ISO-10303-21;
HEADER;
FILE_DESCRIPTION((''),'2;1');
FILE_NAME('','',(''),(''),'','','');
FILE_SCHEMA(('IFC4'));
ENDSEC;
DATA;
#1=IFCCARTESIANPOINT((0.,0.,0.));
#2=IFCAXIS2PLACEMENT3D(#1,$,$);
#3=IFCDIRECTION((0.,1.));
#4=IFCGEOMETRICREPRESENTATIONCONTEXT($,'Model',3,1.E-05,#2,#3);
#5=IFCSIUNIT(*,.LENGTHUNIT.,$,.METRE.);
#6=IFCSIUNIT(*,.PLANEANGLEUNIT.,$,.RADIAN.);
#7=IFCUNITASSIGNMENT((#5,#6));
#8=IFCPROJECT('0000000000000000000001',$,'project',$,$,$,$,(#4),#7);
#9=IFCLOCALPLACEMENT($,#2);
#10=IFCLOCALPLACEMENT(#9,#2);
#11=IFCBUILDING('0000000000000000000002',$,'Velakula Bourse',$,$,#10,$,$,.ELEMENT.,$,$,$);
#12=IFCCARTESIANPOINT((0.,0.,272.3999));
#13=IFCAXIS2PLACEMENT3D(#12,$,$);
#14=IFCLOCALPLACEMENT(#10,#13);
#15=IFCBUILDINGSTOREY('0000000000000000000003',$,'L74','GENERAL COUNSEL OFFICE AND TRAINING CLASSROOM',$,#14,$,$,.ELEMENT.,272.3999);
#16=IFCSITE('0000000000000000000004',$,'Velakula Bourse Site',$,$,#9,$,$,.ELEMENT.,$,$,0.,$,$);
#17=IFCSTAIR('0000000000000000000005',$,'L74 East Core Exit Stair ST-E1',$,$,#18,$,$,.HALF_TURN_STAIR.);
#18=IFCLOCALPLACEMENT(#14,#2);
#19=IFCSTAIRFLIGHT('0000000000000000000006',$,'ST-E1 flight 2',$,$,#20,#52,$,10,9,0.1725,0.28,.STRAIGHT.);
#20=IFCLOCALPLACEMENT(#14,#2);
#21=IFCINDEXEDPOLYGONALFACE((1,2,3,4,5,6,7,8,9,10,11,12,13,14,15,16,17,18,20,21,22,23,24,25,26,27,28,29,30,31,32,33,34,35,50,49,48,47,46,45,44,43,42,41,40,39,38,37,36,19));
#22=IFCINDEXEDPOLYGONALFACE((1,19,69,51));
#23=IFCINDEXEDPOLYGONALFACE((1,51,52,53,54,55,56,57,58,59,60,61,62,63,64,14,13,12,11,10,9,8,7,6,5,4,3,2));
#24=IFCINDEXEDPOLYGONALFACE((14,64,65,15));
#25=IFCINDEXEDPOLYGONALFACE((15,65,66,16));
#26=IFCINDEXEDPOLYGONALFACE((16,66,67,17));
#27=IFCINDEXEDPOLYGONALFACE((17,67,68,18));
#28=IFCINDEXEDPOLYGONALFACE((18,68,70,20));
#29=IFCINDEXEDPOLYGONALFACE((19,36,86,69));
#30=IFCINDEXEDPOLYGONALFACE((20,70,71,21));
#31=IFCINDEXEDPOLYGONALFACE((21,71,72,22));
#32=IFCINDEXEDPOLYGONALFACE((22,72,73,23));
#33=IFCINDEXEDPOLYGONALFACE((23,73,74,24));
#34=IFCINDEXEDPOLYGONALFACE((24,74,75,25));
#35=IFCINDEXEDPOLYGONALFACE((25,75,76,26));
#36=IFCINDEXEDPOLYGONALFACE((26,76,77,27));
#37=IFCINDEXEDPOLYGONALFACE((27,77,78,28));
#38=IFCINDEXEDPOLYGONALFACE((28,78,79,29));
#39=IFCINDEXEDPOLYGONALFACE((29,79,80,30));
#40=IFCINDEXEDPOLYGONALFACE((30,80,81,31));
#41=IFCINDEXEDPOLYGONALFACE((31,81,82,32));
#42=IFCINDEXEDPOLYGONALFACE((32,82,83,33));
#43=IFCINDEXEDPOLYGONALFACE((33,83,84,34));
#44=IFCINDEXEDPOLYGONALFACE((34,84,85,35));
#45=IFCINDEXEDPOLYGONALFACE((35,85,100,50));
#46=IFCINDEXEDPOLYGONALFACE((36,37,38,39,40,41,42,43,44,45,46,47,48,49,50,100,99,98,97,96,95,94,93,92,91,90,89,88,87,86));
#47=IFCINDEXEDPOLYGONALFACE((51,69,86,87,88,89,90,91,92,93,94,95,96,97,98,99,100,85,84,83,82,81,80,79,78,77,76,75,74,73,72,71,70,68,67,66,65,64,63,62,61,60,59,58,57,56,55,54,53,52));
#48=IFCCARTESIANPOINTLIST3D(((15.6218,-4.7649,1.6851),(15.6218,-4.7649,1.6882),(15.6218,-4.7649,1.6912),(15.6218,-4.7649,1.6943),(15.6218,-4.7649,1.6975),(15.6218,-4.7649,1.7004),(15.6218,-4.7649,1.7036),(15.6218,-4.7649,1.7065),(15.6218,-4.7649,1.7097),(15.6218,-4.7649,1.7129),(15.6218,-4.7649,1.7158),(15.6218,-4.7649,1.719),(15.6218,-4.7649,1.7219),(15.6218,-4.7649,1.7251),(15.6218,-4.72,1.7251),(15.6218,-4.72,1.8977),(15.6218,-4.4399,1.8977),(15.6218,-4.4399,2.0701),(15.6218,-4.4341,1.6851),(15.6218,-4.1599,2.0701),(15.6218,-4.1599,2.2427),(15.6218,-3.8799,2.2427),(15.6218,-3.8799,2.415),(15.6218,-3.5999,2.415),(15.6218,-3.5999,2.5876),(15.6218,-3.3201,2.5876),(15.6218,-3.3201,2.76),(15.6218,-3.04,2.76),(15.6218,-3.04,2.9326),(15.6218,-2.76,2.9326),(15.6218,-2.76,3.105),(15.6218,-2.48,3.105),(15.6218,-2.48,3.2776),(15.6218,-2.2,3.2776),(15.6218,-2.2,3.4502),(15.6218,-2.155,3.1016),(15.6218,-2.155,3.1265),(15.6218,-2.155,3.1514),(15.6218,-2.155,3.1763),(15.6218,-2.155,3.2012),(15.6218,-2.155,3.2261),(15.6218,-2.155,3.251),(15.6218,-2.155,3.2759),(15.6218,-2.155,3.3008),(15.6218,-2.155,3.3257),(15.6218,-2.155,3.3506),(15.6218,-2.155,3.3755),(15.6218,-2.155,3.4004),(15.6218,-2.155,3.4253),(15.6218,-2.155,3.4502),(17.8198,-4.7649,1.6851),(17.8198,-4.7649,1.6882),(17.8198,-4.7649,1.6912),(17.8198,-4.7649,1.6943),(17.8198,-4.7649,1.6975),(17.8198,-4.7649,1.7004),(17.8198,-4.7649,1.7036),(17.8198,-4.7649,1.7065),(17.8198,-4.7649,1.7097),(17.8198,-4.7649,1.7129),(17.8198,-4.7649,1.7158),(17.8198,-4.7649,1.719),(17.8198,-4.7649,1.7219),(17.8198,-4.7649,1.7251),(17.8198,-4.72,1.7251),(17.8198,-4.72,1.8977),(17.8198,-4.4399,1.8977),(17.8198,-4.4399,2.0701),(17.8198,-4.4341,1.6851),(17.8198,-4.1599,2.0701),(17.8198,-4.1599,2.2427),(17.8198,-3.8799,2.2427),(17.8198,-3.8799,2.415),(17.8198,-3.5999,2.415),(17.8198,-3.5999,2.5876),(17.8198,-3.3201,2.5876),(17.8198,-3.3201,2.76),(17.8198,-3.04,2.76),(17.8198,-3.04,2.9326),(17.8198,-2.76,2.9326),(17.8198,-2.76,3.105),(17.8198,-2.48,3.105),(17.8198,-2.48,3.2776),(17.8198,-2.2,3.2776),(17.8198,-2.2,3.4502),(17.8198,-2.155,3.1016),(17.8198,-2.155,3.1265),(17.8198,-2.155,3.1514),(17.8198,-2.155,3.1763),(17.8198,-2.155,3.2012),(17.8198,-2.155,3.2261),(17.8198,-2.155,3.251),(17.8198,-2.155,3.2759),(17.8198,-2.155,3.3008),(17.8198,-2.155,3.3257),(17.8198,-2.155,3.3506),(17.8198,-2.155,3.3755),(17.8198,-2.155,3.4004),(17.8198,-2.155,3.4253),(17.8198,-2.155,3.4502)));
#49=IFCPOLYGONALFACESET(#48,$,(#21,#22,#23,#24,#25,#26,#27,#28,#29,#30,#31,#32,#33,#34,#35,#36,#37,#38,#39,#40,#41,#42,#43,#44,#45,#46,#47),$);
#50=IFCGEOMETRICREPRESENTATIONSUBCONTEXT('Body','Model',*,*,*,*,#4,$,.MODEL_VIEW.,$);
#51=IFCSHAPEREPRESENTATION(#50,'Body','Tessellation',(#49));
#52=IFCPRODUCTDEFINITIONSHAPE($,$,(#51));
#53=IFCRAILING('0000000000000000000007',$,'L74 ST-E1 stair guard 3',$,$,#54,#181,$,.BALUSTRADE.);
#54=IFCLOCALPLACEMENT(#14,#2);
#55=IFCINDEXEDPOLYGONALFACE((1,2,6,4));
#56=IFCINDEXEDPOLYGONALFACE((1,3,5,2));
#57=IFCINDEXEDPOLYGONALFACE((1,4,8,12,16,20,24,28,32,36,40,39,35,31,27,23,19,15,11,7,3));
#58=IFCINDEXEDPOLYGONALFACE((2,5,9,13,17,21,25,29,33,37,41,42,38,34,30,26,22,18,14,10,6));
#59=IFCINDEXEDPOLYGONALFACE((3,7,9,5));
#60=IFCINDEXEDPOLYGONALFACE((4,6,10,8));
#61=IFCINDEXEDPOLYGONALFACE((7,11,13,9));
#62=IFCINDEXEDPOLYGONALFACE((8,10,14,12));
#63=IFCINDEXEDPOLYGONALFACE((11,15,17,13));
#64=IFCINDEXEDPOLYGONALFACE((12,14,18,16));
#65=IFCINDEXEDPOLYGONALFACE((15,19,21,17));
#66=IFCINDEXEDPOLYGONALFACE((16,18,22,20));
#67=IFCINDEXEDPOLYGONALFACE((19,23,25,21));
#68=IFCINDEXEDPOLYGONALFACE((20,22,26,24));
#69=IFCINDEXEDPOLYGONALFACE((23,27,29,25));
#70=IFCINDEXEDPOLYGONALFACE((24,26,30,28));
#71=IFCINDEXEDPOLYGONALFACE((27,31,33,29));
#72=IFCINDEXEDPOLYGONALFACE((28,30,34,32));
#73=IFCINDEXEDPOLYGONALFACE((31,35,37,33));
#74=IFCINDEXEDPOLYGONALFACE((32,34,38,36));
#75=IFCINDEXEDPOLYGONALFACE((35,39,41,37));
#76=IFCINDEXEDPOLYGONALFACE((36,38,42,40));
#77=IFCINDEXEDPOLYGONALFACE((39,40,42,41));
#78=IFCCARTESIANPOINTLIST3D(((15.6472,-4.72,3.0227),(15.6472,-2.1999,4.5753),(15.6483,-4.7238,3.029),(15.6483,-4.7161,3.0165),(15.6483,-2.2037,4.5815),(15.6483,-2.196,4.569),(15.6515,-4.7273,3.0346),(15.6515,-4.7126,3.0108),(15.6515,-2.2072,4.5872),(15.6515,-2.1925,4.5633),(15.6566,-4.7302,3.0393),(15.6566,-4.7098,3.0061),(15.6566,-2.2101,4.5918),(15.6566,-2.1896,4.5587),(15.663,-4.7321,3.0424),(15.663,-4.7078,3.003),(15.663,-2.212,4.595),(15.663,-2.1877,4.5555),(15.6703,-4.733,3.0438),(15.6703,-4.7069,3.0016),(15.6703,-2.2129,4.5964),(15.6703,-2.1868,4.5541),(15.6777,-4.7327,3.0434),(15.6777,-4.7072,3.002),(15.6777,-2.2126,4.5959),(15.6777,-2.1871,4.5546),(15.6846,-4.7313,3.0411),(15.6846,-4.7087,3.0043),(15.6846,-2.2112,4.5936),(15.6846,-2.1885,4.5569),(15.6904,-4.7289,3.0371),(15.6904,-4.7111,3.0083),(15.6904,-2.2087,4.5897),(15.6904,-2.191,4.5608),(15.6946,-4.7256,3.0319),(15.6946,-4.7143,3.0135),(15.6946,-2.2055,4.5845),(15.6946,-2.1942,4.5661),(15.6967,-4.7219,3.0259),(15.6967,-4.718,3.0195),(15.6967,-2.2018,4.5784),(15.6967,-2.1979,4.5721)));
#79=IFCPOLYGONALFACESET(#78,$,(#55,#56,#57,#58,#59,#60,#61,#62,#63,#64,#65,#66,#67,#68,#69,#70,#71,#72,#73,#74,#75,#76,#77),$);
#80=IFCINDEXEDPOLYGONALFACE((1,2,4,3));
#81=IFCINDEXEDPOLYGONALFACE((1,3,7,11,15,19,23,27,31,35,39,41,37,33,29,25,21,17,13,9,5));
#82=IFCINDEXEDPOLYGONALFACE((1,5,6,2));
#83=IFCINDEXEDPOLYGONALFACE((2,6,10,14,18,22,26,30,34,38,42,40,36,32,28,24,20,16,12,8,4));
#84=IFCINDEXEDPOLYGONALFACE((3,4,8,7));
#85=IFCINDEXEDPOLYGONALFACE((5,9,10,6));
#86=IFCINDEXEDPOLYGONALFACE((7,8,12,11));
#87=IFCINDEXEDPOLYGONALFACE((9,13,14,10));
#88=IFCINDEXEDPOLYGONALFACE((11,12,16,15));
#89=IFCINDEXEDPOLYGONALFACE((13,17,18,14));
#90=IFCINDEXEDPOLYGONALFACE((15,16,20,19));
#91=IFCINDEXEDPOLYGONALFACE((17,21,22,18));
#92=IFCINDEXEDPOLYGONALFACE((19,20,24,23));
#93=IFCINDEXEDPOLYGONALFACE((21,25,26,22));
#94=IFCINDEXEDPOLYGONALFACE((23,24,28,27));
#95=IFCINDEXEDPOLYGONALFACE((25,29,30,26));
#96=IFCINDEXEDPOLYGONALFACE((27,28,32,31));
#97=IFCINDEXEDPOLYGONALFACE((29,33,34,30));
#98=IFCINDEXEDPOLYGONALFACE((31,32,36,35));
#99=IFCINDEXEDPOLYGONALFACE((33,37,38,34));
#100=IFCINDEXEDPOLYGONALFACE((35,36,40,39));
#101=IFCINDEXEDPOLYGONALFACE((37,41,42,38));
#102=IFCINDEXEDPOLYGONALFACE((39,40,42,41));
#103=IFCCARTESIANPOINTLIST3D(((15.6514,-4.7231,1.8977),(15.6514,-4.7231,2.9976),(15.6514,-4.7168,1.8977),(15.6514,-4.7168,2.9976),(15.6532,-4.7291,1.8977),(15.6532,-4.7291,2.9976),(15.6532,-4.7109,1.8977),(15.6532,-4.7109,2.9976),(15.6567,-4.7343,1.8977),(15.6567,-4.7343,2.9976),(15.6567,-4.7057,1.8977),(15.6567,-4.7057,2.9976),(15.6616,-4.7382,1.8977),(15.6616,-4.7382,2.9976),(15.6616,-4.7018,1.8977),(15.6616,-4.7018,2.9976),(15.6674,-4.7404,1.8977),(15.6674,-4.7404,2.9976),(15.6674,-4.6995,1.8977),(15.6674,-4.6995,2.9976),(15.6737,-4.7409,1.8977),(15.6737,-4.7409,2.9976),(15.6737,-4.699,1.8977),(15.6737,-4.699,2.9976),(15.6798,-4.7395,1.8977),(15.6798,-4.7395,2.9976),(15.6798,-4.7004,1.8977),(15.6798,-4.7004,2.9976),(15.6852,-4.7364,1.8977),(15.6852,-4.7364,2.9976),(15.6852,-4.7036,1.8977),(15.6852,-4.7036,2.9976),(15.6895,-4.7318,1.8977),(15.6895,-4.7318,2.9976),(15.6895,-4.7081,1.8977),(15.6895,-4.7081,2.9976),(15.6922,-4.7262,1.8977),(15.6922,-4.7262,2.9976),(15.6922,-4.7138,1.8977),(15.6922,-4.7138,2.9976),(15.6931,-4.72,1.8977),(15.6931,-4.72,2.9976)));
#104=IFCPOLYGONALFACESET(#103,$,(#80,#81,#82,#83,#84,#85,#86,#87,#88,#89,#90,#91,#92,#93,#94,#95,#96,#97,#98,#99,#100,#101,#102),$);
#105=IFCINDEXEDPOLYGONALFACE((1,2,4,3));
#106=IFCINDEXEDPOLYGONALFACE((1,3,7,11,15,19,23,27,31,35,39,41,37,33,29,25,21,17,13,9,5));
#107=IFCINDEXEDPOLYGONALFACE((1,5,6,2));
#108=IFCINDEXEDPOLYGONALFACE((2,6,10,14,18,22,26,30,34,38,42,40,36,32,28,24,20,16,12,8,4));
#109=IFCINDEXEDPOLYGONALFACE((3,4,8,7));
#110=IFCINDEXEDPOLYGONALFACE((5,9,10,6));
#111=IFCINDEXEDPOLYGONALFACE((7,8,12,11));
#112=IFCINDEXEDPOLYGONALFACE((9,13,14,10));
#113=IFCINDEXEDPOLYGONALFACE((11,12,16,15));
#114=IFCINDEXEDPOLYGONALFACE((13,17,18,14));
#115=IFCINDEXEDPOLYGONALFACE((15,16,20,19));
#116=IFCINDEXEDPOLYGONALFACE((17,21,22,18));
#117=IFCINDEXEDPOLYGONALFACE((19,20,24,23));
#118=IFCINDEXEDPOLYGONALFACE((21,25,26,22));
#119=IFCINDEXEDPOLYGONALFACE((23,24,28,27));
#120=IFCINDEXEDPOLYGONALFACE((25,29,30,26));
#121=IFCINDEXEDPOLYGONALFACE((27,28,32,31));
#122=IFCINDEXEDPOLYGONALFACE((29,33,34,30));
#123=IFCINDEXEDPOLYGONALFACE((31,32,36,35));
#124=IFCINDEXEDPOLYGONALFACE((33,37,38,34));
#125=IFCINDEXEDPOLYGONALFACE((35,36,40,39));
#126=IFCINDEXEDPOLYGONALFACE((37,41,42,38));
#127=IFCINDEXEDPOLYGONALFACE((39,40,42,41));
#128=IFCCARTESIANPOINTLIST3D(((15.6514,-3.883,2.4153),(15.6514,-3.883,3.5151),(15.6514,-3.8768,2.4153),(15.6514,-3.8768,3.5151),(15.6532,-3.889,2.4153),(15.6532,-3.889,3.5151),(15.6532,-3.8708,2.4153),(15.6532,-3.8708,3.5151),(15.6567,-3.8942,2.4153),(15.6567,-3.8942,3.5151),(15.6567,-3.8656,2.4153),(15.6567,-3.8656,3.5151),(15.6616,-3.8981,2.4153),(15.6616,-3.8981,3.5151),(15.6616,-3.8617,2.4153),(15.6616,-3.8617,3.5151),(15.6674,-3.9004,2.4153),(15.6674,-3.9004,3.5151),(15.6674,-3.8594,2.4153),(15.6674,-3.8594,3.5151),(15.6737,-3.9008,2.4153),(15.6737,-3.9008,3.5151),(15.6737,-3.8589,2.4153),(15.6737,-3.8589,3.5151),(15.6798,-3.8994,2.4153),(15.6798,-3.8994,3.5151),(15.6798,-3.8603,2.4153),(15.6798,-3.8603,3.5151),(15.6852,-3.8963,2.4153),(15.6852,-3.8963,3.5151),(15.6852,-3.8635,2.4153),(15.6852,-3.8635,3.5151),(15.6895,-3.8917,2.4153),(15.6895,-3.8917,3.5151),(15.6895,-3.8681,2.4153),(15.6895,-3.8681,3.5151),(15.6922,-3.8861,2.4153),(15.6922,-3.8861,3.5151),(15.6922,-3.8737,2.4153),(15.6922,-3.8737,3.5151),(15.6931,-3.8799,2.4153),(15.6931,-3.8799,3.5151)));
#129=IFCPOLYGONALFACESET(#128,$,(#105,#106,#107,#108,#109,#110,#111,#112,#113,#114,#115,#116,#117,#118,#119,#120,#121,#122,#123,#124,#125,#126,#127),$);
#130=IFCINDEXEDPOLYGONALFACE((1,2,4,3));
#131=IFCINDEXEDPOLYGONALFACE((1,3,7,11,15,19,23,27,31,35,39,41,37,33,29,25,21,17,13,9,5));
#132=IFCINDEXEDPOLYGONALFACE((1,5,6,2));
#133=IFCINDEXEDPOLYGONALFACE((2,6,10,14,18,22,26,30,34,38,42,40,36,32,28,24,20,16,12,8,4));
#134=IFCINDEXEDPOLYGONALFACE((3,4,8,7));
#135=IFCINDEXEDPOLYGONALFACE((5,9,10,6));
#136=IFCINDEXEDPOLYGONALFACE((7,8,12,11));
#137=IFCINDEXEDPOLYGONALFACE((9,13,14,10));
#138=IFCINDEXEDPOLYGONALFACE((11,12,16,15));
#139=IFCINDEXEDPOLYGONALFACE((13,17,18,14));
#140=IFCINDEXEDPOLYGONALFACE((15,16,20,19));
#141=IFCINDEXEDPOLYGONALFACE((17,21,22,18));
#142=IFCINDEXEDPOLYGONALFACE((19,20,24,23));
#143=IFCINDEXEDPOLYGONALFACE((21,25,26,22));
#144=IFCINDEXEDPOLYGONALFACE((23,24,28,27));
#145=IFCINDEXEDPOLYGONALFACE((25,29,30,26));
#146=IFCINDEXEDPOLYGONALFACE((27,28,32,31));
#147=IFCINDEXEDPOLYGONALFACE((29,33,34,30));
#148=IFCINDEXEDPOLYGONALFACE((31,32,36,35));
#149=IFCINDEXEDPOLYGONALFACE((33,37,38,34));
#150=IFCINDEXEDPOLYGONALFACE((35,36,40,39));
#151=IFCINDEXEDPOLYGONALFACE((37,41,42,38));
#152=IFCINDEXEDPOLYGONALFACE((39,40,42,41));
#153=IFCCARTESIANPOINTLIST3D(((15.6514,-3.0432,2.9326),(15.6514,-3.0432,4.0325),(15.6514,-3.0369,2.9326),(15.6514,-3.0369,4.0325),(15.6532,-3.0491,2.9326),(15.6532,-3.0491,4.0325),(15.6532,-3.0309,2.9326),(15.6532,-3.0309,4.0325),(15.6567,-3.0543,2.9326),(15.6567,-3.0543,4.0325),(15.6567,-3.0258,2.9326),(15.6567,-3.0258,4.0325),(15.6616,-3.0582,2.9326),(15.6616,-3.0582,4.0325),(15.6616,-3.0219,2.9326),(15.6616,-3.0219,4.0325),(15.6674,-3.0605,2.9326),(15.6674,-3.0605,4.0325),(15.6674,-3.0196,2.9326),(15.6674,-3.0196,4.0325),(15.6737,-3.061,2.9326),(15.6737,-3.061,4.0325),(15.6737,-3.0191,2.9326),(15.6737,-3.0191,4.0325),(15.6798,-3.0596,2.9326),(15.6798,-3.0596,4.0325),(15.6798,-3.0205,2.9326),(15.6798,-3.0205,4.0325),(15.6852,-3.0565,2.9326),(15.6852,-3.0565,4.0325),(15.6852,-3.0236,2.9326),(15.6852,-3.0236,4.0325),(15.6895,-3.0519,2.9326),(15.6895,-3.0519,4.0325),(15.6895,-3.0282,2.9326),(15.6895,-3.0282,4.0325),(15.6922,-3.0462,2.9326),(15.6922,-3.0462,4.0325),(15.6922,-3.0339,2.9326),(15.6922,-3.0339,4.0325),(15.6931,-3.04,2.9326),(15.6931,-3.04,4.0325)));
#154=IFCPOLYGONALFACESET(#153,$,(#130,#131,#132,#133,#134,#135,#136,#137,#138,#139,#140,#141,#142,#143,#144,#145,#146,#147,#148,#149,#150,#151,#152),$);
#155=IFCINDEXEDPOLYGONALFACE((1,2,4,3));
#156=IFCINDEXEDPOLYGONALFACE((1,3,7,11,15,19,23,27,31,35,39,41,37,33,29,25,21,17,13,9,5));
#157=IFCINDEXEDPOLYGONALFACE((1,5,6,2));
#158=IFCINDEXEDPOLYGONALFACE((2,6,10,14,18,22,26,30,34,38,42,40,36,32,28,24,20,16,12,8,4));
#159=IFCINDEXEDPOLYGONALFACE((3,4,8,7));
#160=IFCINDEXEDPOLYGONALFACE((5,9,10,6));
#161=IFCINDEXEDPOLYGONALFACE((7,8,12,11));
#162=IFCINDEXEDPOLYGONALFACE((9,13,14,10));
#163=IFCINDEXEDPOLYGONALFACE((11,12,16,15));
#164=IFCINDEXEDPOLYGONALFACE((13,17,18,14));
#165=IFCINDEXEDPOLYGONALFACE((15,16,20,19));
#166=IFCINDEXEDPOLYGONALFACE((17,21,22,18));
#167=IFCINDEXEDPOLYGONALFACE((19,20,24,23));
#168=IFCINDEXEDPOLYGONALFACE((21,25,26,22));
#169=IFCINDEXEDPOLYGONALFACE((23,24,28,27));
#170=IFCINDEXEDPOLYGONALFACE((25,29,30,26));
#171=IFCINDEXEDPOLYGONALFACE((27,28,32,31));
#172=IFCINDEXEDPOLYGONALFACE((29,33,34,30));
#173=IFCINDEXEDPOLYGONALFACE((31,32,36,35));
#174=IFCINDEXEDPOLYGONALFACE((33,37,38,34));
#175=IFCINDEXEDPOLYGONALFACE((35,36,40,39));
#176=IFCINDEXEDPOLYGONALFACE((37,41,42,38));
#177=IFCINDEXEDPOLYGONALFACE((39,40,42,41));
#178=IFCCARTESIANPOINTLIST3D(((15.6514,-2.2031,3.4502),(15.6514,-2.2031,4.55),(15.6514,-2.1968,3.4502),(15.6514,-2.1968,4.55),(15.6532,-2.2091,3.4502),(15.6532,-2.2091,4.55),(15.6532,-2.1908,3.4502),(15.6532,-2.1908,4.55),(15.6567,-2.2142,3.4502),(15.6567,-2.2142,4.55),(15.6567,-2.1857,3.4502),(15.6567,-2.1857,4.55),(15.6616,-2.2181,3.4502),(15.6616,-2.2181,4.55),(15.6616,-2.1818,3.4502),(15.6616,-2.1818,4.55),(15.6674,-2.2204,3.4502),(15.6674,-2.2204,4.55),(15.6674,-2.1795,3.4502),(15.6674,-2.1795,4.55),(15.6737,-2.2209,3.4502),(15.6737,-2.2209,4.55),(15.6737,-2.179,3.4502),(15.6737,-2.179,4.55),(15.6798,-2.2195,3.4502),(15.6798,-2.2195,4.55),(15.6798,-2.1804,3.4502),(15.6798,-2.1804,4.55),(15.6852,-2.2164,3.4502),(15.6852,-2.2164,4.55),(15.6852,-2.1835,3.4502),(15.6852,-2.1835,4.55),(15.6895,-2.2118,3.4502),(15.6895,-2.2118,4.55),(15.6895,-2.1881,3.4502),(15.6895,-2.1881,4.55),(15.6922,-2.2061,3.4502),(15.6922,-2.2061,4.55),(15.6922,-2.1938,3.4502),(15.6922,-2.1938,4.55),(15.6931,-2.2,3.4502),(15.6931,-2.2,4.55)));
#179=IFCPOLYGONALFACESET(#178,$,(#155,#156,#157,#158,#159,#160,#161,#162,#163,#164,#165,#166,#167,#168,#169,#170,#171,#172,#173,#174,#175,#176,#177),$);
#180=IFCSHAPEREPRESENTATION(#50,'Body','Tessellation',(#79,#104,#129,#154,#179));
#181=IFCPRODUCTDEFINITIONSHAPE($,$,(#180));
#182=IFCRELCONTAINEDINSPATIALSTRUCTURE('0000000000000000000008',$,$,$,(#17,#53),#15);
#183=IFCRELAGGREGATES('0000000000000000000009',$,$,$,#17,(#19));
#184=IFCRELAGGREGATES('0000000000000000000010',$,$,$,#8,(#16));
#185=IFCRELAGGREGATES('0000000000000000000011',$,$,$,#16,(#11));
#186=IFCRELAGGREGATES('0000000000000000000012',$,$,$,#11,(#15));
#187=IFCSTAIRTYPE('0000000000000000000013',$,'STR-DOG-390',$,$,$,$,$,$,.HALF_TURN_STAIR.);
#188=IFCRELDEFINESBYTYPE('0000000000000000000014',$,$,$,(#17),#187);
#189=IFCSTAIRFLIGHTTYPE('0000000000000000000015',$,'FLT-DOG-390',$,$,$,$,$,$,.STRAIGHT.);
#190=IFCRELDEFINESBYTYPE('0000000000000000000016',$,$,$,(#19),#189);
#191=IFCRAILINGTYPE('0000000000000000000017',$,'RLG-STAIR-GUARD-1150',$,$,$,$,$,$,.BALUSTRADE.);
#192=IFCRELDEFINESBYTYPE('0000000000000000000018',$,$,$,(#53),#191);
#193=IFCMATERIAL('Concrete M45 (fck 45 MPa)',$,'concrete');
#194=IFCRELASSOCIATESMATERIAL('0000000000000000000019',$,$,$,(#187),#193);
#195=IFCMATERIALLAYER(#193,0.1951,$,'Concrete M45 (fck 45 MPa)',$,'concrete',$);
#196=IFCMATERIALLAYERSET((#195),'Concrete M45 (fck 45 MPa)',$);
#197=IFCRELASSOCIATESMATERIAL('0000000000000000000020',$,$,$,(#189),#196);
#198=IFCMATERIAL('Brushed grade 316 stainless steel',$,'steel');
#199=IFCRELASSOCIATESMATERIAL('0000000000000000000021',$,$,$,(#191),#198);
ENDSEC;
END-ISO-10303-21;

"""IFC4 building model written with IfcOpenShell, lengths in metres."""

from ifc_helpers import new_model, si_unit, direction, frame, origin, origin_2d, place, context, subcontext, project, spatial, polyline, circle, outline, extrude, material, layer, layer_set, type_object, element, aggregate, save


model = new_model("IFC4")

# Units and contexts
model_context = context("Model", 3, precision=1e-05, world=origin(), true_north=direction((0.0, 1.0)))
body_context = subcontext(model_context, "Body", "Model", "MODEL_VIEW")
ifc_project = project(units=[si_unit("LENGTHUNIT", "METRE"), si_unit("PLANEANGLEUNIT", "RADIAN")], contexts=[model_context])

# Site, building, storey
site_placement = place(None, origin())
site = spatial("IfcSite", under=ifc_project, at=site_placement, Name="Velakula Bourse Site", CompositionType="ELEMENT", RefElevation=0.0)
building_placement = place(site_placement, origin())
building = spatial("IfcBuilding", under=site, at=building_placement, Name="Velakula Bourse", CompositionType="ELEMENT")
storey_placement = place(building_placement, frame((0.0, 0.0, 272.3999)))
storey = spatial("IfcBuildingStorey", under=building, at=storey_placement, Name="L74", Description="GENERAL COUNSEL OFFICE AND TRAINING CLASSROOM", CompositionType="ELEMENT", Elevation=272.3999)

# Stair, stair flight
ifc_material_1 = material(Name="Concrete M45 (fck 45 MPa)", Category="concrete")
stair_type = type_object("IfcStairType", Name="STR-DOG-390", PredefinedType="HALF_TURN_STAIR", material=ifc_material_1)
stair_placement = place(storey_placement, origin())
stair = element("IfcStair", 1, at=stair_placement, inside=storey, type_object=stair_type, Name="L74 East Core Exit Stair ST-E1", PredefinedType="HALF_TURN_STAIR")
ifc_layer_1 = layer(ifc_material_1, 0.1951, Name="Concrete M45 (fck 45 MPa)", Category="concrete")
ifc_layer_set_1 = layer_set([ifc_layer_1], Name="Concrete M45 (fck 45 MPa)")
stair_flight_type = type_object("IfcStairFlightType", Name="FLT-DOG-390", PredefinedType="STRAIGHT", material=ifc_layer_set_1)
stair_flight_placement = place(storey_placement, frame((16.7209, -4.72, 1.7251), z_axis=(0.0, 0.0, 1.0), x_axis=(0.0, 1.0, 0.0)))
stair_flight = element("IfcStairFlight", 2, at=stair_flight_placement, type_object=stair_flight_type, Name="ST-E1 flight 2", NumberOfRisers=10, NumberOfTreads=9, PredefinedType="STRAIGHT", RiserHeight=0.1725, TreadLength=0.28, context=body_context, shape_type="SweptSolid", body=[
    extrude(outline(polyline([(-0.0449, -0.04), (-0.0449, -0.0369), (-0.0449, -0.0339), (-0.0449, -0.0308), (-0.0449, -0.0276), (-0.0449, -0.0247), (-0.0449, -0.0215), (-0.0449, -0.0186), (-0.0449, -0.0154), (-0.0449, -0.0122), (-0.0449, -0.0093), (-0.0449, -0.0061), (-0.0449, -0.0032), (-0.0449, 0.0), (0.0, 0.0), (0.0, 0.1726), (0.28, 0.1726), (0.28, 0.345), (0.5601, 0.345), (0.5601, 0.5176), (0.8401, 0.5176), (0.8401, 0.6899), (1.1201, 0.6899), (1.1201, 0.8625), (1.3999, 0.8625), (1.3999, 1.0349), (1.6799, 1.0349), (1.6799, 1.2075), (1.96, 1.2075), (1.96, 1.3799), (2.24, 1.3799), (2.24, 1.5525), (2.52, 1.5525), (2.52, 1.7251), (2.5649, 1.7251), (2.5649, 1.7002), (2.5649, 1.6753), (2.5649, 1.6504), (2.5649, 1.6255), (2.5649, 1.6006), (2.5649, 1.5757), (2.5649, 1.5508), (2.5649, 1.5259), (2.5649, 1.501), (2.5649, 1.4761), (2.5649, 1.4512), (2.5649, 1.4263), (2.5649, 1.4014), (2.5649, 1.3765), (0.2859, -0.04), (-0.0449, -0.04)])), frame((0.0, 1.0991, 0.0), z_axis=(0.0, -1.0, 0.0), x_axis=(1.0, 0.0, 0.0)), (0.0, 0.0, 1.0), 2.198),
])
aggregate(stair, [stair_flight])

# Railing
ifc_material_2 = material(Name="Brushed grade 316 stainless steel", Category="steel")
railing_type_1 = type_object("IfcRailingType", Name="RLG-STAIR-GUARD-1150", PredefinedType="BALUSTRADE", material=ifc_material_2)
railing_1_placement = place(storey_placement, frame((15.6721, -4.72, 1.8977)))
element("IfcRailing", 3, at=railing_1_placement, inside=storey, type_object=railing_type_1, Name="L74 ST-E1 stair guard 3", PredefinedType="BALUSTRADE", context=body_context, shape_type="SweptSolid", body=[
    extrude(circle(Radius=0.0249, at=origin_2d()), frame((0.0, 0.0, 1.125), z_axis=(0.0, 0.8514, 0.524516), x_axis=(-1.0, 0.0, 0.0)), (0.0, 0.0, 1.0), 2.96),
    extrude(circle(Radius=0.021, at=origin_2d()), origin(), (0.0, 0.0, 1.0), 1.0999),
    extrude(circle(Radius=0.021, at=origin_2d()), frame((0.0, 0.8401, 0.5176)), (0.0, 0.0, 1.0), 1.0999),
    extrude(circle(Radius=0.021, at=origin_2d()), frame((0.0, 1.6799, 1.0349)), (0.0, 0.0, 1.0), 1.0999),
    extrude(circle(Radius=0.021, at=origin_2d()), frame((0.0, 2.52, 1.5525)), (0.0, 0.0, 1.0), 1.0999),
])

save(model, "model.ifc")
